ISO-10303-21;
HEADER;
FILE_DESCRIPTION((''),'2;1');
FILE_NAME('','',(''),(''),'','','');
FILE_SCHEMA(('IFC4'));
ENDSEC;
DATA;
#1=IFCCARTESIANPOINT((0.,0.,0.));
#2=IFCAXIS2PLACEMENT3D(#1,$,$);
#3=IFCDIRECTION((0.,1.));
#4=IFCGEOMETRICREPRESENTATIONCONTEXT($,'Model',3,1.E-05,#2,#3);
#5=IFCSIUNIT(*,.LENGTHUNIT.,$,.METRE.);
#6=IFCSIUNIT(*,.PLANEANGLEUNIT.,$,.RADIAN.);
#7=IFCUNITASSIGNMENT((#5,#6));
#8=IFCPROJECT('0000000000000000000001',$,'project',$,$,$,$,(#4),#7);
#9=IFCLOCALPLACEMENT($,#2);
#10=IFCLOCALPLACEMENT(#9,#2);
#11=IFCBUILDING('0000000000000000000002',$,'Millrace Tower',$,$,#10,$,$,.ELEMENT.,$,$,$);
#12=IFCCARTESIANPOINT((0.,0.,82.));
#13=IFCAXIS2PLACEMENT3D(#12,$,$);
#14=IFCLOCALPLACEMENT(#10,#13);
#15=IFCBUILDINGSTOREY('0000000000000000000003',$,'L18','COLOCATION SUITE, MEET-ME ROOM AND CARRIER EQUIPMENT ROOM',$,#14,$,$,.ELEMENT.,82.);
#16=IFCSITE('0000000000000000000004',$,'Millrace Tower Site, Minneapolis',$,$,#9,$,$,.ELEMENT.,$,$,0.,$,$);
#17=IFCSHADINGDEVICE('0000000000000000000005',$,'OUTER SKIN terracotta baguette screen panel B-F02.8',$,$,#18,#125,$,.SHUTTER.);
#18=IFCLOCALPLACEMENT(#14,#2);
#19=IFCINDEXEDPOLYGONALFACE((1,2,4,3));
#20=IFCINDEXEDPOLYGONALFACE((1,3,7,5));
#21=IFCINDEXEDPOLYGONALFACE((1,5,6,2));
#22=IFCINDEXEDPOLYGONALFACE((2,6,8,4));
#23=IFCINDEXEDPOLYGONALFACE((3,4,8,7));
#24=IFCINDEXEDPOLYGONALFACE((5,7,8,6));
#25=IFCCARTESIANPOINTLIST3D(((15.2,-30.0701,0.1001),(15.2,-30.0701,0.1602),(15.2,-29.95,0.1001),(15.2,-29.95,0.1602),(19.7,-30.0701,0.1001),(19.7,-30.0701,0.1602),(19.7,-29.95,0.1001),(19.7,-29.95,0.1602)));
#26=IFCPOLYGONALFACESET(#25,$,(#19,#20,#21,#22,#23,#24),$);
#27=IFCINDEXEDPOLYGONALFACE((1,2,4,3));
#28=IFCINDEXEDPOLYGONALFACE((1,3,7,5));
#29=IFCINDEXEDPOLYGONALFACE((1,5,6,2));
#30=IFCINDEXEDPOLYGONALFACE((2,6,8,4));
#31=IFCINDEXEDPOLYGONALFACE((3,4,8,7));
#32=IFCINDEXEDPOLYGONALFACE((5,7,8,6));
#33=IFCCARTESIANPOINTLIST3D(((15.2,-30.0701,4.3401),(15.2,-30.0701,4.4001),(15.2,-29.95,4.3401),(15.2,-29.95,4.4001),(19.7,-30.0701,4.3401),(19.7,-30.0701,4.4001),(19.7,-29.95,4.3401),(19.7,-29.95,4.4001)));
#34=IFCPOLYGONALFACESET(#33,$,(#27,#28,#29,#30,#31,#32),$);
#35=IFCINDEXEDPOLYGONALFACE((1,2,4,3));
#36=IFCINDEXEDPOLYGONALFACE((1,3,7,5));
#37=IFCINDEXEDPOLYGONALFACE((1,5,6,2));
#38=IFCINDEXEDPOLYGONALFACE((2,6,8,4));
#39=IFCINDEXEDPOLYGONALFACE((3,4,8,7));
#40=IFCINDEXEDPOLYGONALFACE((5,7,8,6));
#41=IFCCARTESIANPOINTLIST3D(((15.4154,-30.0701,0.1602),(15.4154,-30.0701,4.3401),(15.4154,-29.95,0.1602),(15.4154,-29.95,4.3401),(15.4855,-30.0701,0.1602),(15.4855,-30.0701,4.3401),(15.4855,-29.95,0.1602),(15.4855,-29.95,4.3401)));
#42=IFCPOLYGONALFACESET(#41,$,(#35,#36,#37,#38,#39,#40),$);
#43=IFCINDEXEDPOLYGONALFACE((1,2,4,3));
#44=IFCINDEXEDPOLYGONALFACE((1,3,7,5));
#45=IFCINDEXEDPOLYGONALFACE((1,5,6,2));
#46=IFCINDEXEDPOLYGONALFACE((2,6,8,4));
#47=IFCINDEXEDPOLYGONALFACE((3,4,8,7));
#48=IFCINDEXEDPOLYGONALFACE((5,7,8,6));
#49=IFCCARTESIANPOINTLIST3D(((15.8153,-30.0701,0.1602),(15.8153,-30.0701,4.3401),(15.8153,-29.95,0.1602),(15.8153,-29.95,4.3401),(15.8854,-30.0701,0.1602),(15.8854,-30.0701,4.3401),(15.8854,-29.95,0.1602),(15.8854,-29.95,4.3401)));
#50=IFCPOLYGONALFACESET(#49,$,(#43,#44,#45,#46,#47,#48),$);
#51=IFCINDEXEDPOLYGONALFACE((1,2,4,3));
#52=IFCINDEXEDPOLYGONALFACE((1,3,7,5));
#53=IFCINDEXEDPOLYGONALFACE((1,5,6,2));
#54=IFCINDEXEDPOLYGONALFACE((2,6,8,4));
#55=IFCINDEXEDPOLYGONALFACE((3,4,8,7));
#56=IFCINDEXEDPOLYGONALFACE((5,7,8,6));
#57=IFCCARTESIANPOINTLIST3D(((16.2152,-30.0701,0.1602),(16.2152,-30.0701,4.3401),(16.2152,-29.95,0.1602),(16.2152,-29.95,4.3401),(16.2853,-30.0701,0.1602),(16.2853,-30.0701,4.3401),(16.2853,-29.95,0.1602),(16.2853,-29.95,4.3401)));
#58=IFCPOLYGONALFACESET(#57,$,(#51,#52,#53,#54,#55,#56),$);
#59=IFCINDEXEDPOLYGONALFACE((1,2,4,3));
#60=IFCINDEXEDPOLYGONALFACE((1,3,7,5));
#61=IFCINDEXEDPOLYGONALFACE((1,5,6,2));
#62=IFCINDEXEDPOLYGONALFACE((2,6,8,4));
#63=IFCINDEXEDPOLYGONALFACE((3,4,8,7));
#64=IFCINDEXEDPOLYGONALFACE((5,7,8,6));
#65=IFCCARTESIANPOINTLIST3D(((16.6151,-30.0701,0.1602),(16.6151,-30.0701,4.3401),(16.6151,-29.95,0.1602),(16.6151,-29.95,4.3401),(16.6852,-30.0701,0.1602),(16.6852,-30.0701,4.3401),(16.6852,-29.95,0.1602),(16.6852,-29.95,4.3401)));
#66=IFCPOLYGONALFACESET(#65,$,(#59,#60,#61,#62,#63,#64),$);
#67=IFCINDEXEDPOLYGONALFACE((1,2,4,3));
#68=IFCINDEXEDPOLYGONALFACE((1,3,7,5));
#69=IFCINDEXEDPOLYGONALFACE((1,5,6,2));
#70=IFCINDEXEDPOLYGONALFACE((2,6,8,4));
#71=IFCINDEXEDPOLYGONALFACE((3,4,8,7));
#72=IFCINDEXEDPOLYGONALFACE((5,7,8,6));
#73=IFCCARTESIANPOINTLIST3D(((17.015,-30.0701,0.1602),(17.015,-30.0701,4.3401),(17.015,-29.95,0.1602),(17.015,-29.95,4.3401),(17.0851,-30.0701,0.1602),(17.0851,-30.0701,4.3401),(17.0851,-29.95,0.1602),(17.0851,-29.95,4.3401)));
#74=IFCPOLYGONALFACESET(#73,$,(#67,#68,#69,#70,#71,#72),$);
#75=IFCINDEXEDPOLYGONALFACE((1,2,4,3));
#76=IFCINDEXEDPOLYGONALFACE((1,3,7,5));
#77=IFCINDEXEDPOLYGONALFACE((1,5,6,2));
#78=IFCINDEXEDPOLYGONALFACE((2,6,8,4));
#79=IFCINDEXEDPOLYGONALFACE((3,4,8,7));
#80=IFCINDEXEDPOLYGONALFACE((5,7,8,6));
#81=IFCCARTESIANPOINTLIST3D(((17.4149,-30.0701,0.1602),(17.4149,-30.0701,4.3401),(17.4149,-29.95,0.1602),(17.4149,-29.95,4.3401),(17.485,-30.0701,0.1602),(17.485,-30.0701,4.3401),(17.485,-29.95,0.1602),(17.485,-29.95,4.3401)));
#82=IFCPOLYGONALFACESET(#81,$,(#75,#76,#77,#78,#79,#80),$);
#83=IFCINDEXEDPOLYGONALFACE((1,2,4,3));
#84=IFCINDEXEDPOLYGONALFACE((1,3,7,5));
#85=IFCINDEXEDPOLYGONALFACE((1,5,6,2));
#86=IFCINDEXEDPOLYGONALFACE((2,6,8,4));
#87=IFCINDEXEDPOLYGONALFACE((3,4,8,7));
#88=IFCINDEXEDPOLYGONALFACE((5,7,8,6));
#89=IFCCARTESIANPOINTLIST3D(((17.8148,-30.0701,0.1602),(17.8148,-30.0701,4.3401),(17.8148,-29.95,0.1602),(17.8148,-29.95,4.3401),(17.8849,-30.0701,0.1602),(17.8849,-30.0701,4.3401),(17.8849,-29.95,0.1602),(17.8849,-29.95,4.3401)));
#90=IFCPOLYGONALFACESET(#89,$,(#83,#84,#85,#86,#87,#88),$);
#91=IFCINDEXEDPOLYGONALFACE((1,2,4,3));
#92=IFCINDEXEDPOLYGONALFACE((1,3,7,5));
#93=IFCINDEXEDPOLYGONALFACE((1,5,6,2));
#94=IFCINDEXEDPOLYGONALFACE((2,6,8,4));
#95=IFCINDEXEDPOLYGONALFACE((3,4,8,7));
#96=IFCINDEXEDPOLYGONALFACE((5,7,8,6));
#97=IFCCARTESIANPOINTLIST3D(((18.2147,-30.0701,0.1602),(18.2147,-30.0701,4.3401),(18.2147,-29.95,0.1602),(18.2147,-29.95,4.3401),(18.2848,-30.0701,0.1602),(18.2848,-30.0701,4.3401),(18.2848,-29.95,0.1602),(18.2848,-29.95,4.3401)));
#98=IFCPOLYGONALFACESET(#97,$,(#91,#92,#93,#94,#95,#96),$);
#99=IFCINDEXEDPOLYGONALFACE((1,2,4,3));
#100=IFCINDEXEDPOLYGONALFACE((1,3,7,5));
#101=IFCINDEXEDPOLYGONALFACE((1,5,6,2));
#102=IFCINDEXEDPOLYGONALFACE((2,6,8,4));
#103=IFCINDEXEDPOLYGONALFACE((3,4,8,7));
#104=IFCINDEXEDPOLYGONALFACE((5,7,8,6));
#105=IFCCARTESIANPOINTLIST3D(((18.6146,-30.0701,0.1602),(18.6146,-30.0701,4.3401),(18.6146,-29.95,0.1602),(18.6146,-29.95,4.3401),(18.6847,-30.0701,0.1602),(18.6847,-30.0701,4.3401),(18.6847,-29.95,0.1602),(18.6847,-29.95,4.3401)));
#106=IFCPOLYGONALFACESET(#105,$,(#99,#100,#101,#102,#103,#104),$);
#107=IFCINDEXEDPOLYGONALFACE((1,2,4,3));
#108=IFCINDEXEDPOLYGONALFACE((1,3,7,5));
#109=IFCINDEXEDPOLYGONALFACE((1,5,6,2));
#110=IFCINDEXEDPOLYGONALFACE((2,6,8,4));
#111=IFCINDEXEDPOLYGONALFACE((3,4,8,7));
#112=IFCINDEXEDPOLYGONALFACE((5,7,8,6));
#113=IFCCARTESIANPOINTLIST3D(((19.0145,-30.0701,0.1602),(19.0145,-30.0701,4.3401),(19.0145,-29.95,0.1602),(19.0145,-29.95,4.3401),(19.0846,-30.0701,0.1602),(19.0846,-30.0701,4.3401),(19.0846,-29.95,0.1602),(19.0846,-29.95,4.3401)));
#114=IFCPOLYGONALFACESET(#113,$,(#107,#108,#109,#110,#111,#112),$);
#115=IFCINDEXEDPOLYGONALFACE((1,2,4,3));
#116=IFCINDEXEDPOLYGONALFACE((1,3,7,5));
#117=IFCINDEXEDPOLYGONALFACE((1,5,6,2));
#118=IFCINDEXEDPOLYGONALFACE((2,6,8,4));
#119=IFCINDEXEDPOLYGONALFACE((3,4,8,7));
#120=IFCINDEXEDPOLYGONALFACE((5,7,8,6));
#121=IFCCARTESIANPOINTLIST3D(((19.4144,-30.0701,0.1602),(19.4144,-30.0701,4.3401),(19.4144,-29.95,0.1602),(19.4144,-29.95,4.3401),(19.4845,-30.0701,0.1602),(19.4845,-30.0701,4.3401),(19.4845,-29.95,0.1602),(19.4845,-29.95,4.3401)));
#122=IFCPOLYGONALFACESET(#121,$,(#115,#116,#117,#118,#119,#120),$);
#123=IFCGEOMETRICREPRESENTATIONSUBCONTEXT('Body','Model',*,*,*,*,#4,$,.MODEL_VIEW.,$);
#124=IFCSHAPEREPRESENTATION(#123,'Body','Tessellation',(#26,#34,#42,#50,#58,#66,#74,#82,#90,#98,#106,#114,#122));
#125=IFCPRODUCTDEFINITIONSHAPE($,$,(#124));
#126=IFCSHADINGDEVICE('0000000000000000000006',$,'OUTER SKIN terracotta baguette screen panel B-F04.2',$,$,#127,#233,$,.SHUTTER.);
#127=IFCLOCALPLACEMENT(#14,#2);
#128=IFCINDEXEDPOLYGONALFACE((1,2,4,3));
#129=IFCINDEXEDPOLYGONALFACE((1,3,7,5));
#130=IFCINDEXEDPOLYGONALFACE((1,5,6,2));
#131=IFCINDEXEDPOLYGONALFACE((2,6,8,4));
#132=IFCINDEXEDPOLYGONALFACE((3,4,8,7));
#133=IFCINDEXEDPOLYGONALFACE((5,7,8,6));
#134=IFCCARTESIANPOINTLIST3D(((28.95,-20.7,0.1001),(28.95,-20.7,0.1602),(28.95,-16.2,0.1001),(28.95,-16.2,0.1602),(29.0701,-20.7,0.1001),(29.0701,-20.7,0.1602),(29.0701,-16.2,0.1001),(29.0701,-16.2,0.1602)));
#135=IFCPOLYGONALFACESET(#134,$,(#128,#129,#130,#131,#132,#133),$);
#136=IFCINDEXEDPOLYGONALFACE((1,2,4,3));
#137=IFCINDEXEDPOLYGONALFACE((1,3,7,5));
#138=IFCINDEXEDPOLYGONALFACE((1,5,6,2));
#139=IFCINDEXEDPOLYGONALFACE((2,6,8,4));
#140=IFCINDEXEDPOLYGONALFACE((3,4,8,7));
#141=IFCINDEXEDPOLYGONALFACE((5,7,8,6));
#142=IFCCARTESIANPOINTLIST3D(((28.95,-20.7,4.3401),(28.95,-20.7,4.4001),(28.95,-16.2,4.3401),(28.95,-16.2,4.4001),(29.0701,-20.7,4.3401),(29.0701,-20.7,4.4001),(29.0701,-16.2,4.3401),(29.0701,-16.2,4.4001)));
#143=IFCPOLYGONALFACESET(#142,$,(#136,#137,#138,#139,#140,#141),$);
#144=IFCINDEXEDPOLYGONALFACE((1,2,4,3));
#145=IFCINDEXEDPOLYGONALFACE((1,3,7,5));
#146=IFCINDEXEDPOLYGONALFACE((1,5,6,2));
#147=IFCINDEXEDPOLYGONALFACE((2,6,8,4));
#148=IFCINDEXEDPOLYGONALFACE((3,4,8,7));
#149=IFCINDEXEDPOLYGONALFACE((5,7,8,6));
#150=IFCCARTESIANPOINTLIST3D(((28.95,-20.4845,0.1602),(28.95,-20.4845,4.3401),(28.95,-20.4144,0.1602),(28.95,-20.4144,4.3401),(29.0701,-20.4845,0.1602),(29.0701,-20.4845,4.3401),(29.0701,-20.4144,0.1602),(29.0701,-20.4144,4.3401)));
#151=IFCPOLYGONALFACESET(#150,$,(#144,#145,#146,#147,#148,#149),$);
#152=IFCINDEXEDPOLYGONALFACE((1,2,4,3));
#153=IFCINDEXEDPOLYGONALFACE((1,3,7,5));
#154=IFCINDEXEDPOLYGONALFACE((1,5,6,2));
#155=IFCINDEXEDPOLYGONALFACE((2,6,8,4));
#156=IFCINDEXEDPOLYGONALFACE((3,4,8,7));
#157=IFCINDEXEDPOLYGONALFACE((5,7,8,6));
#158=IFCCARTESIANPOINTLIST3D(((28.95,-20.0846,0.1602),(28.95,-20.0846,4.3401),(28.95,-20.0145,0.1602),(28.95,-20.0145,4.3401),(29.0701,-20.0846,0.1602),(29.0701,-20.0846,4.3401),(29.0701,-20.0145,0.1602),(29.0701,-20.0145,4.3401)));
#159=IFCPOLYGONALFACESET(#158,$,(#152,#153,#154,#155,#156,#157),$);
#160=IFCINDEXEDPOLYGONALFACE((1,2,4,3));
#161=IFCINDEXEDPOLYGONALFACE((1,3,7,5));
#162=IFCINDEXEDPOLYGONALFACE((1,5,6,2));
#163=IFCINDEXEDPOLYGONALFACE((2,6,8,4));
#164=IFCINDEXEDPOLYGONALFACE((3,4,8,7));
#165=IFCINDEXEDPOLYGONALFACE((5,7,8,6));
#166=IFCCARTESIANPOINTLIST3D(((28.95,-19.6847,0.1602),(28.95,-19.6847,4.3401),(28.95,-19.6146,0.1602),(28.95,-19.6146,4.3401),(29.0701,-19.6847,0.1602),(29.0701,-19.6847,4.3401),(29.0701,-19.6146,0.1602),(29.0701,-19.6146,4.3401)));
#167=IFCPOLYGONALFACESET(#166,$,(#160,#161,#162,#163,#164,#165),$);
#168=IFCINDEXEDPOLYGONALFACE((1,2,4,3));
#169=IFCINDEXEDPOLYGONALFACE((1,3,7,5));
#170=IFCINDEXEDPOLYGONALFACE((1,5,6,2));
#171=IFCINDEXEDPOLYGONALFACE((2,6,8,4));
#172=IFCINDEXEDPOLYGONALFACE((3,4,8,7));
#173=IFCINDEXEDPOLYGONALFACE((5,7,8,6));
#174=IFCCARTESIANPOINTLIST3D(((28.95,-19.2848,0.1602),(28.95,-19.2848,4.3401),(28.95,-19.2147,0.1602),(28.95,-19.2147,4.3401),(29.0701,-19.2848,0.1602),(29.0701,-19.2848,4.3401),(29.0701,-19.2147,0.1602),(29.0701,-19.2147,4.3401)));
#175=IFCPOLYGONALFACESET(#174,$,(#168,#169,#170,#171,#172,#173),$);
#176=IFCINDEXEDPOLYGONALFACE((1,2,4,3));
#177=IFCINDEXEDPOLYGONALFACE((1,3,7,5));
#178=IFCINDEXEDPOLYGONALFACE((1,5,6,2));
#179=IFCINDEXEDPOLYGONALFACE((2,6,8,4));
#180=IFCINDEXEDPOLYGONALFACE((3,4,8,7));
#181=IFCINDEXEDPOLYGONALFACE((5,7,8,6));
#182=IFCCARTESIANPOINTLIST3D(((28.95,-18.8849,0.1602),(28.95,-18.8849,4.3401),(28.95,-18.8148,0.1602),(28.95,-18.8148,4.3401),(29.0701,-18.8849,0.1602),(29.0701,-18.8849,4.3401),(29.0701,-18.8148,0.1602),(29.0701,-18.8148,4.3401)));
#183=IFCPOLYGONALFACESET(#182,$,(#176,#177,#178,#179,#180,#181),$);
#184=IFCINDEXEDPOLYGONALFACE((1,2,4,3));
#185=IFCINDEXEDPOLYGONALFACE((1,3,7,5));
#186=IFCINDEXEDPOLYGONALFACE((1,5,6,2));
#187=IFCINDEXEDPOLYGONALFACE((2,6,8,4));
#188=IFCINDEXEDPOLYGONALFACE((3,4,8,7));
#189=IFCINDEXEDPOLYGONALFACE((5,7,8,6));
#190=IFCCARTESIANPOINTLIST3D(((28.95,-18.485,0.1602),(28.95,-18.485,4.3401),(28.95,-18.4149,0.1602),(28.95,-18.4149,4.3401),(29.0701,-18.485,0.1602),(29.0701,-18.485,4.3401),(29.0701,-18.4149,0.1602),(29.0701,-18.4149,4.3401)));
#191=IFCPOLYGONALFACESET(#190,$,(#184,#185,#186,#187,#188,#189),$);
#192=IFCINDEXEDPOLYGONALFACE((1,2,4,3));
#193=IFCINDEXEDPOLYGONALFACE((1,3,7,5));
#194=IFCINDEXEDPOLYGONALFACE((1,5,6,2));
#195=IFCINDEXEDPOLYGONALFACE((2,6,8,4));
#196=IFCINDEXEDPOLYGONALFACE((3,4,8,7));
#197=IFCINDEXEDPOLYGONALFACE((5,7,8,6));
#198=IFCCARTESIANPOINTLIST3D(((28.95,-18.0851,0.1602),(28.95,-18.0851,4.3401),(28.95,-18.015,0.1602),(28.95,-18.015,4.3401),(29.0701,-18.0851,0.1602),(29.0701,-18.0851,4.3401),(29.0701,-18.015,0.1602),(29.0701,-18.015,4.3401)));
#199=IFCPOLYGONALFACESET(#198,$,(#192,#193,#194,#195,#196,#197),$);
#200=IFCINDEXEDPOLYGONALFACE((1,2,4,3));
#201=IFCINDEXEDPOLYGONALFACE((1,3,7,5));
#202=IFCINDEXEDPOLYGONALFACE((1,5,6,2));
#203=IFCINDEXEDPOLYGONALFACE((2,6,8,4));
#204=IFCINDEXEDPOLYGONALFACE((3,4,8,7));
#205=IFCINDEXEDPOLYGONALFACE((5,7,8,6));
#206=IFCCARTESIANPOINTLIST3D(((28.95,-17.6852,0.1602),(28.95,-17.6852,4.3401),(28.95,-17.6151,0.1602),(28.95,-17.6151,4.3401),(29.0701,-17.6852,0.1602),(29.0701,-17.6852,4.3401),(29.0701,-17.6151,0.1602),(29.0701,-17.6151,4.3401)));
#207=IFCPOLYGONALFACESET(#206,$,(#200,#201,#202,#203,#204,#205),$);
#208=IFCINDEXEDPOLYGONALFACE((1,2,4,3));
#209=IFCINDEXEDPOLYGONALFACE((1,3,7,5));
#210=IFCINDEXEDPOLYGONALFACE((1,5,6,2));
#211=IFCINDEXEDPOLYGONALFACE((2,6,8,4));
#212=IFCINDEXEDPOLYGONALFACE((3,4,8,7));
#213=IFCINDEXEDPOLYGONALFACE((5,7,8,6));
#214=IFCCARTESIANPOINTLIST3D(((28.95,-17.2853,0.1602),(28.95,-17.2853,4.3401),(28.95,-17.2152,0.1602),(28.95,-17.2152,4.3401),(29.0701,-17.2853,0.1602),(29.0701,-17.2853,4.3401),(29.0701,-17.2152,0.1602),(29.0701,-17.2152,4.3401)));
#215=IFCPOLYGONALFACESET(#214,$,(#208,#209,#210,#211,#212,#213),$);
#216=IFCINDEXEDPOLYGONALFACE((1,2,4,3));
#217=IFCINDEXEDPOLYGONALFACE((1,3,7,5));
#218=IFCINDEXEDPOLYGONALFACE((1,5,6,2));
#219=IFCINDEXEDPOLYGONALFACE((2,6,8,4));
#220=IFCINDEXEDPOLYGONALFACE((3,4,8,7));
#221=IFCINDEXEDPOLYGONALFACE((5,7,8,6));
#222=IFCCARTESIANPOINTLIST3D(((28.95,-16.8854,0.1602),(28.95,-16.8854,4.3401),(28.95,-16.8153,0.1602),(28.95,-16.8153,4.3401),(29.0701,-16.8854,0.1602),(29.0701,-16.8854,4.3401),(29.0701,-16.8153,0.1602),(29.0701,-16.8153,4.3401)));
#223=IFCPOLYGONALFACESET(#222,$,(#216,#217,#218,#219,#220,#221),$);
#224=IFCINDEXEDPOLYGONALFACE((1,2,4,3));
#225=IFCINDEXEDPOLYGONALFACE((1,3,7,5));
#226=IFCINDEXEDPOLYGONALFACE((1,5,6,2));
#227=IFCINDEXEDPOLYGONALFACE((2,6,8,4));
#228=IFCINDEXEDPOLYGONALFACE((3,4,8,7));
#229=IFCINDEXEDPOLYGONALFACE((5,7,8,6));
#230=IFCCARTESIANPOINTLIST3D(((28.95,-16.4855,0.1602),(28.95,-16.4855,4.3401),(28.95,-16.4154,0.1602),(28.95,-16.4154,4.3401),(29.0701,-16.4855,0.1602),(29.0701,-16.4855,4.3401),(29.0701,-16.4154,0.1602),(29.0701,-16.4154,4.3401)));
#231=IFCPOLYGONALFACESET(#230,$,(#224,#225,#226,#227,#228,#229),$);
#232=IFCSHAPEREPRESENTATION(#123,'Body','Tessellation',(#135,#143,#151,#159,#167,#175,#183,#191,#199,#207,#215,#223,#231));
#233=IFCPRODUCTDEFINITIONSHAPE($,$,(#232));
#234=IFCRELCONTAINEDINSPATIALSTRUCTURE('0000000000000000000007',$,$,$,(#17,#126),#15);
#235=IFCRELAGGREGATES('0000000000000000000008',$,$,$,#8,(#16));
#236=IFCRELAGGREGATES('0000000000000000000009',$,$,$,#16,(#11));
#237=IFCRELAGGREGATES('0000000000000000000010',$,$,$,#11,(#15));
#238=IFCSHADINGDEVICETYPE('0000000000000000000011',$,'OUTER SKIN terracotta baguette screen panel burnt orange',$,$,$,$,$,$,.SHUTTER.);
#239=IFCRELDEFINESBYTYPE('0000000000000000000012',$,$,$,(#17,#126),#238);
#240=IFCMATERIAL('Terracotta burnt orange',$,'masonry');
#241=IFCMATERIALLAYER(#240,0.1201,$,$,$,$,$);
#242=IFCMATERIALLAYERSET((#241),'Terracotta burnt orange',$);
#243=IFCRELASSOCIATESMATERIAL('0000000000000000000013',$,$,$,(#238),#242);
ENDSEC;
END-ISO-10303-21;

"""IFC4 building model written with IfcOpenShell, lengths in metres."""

from ifc_helpers import new_model, entity, si_unit, direction, frame, frame_2d, origin, origin_2d, place, context, subcontext, project, spatial, rectangle, extrude, source, transform, mapped, material, layer, layer_set, type_object, element, save


model = new_model("IFC4")

# Units and contexts
model_context = context("Model", 3, precision=1e-05, world=origin(), true_north=direction((0.0, 1.0)))
body_context = subcontext(model_context, "Body", "Model", "MODEL_VIEW")
ifc_project = project(units=[si_unit("LENGTHUNIT", "METRE"), si_unit("PLANEANGLEUNIT", "RADIAN")], contexts=[model_context])

# Site, building, storey
site_placement = place(None, origin())
site = spatial("IfcSite", under=ifc_project, at=site_placement, Name="Millrace Tower Site, Minneapolis", CompositionType="ELEMENT", RefElevation=0.0)
building_placement = place(site_placement, origin())
building = spatial("IfcBuilding", under=site, at=building_placement, Name="Millrace Tower", CompositionType="ELEMENT")
storey_placement = place(building_placement, frame((0.0, 0.0, 82.0)))
storey = spatial("IfcBuildingStorey", under=building, at=storey_placement, Name="L18", Description="COLOCATION SUITE, MEET-ME ROOM AND CARRIER EQUIPMENT ROOM", CompositionType="ELEMENT", Elevation=82.0)

# Shading devices
ifc_material_1 = material(Name="Terracotta burnt orange", Category="masonry")
ifc_layer_1 = layer(ifc_material_1, 0.1201)
ifc_layer_set_1 = layer_set([ifc_layer_1], Name="Terracotta burnt orange")
shading_device_type = type_object("IfcShadingDeviceType", Name="OUTER SKIN terracotta baguette screen panel burnt orange", PredefinedType="SHUTTER", material=ifc_layer_set_1)
cartesian_point_1 = entity("IfcCartesianPoint", [-2.25, 0.0601])
shared_polyline_1 = entity("IfcPolyline", [cartesian_point_1, entity("IfcCartesianPoint", [2.25, 0.0601]), entity("IfcCartesianPoint", [2.25, -0.0601]), entity("IfcCartesianPoint", [-2.25, -0.0601]), cartesian_point_1])
shared_shape_1 = source(origin(), body_context, "Body", "SweptSolid", [
    entity("IfcExtrudedAreaSolid", entity("IfcArbitraryClosedProfileDef", "AREA", None, shared_polyline_1), entity("IfcAxis2Placement3D", entity("IfcCartesianPoint", [0.0, 0.0, 0.0])), entity("IfcDirection", [0.0, 0.0, 1.0]), 0.0601),
    entity("IfcExtrudedAreaSolid", entity("IfcArbitraryClosedProfileDef", "AREA", None, shared_polyline_1), entity("IfcAxis2Placement3D", entity("IfcCartesianPoint", [0.0, 0.0, 4.24])), entity("IfcDirection", [0.0, 0.0, 1.0]), 0.0601),
    extrude(rectangle(XDim=0.0701, YDim=0.1201, at=frame_2d((-1.9995, 0.0))), frame((0.0, 0.0, 0.0601)), (0.0, 0.0, 1.0), 4.1799),
    extrude(rectangle(XDim=0.0701, YDim=0.1201, at=frame_2d((-1.5996, 0.0))), frame((0.0, 0.0, 0.0601)), (0.0, 0.0, 1.0), 4.1799),
    extrude(rectangle(XDim=0.0701, YDim=0.1201, at=frame_2d((-1.1997, 0.0))), frame((0.0, 0.0, 0.0601)), (0.0, 0.0, 1.0), 4.1799),
    extrude(rectangle(XDim=0.0701, YDim=0.1201, at=frame_2d((-0.7998, 0.0))), frame((0.0, 0.0, 0.0601)), (0.0, 0.0, 1.0), 4.1799),
    extrude(rectangle(XDim=0.0701, YDim=0.1201, at=frame_2d((-0.3999, 0.0))), frame((0.0, 0.0, 0.0601)), (0.0, 0.0, 1.0), 4.1799),
    extrude(rectangle(XDim=0.0701, YDim=0.1201, at=origin_2d()), frame((0.0, 0.0, 0.0601)), (0.0, 0.0, 1.0), 4.1799),
    extrude(rectangle(XDim=0.0701, YDim=0.1201, at=frame_2d((0.3999, 0.0))), frame((0.0, 0.0, 0.0601)), (0.0, 0.0, 1.0), 4.1799),
    extrude(rectangle(XDim=0.0701, YDim=0.1201, at=frame_2d((0.7998, 0.0))), frame((0.0, 0.0, 0.0601)), (0.0, 0.0, 1.0), 4.1799),
    extrude(rectangle(XDim=0.0701, YDim=0.1201, at=frame_2d((1.1997, 0.0))), frame((0.0, 0.0, 0.0601)), (0.0, 0.0, 1.0), 4.1799),
    extrude(rectangle(XDim=0.0701, YDim=0.1201, at=frame_2d((1.5996, 0.0))), frame((0.0, 0.0, 0.0601)), (0.0, 0.0, 1.0), 4.1799),
    extrude(rectangle(XDim=0.0701, YDim=0.1201, at=frame_2d((1.9995, 0.0))), frame((0.0, 0.0, 0.0601)), (0.0, 0.0, 1.0), 4.1799),
])
for number, where, z_axis, x_axis, name in (
    (1, (17.45, -30.01, 0.1001), (0.0, 0.0, 1.0), (1.0, 0.0, 0.0), "OUTER SKIN terracotta baguette screen panel B-F02.8"),
    (2, (29.01, -18.45, 0.1001), (0.0, 0.0, 1.0), (0.0, 1.0, 0.0), "OUTER SKIN terracotta baguette screen panel B-F04.2"),
):
    element("IfcShadingDevice", number, at=place(storey_placement, frame(where, z_axis=z_axis, x_axis=x_axis)), inside=storey, type_object=shading_device_type, Name=name, PredefinedType="SHUTTER", context=body_context, shape_type="MappedRepresentation", body=[
        mapped(shared_shape_1, transform((0.0, 0.0, 0.0), scale=1.0)),
    ])

save(model, "model.ifc")
